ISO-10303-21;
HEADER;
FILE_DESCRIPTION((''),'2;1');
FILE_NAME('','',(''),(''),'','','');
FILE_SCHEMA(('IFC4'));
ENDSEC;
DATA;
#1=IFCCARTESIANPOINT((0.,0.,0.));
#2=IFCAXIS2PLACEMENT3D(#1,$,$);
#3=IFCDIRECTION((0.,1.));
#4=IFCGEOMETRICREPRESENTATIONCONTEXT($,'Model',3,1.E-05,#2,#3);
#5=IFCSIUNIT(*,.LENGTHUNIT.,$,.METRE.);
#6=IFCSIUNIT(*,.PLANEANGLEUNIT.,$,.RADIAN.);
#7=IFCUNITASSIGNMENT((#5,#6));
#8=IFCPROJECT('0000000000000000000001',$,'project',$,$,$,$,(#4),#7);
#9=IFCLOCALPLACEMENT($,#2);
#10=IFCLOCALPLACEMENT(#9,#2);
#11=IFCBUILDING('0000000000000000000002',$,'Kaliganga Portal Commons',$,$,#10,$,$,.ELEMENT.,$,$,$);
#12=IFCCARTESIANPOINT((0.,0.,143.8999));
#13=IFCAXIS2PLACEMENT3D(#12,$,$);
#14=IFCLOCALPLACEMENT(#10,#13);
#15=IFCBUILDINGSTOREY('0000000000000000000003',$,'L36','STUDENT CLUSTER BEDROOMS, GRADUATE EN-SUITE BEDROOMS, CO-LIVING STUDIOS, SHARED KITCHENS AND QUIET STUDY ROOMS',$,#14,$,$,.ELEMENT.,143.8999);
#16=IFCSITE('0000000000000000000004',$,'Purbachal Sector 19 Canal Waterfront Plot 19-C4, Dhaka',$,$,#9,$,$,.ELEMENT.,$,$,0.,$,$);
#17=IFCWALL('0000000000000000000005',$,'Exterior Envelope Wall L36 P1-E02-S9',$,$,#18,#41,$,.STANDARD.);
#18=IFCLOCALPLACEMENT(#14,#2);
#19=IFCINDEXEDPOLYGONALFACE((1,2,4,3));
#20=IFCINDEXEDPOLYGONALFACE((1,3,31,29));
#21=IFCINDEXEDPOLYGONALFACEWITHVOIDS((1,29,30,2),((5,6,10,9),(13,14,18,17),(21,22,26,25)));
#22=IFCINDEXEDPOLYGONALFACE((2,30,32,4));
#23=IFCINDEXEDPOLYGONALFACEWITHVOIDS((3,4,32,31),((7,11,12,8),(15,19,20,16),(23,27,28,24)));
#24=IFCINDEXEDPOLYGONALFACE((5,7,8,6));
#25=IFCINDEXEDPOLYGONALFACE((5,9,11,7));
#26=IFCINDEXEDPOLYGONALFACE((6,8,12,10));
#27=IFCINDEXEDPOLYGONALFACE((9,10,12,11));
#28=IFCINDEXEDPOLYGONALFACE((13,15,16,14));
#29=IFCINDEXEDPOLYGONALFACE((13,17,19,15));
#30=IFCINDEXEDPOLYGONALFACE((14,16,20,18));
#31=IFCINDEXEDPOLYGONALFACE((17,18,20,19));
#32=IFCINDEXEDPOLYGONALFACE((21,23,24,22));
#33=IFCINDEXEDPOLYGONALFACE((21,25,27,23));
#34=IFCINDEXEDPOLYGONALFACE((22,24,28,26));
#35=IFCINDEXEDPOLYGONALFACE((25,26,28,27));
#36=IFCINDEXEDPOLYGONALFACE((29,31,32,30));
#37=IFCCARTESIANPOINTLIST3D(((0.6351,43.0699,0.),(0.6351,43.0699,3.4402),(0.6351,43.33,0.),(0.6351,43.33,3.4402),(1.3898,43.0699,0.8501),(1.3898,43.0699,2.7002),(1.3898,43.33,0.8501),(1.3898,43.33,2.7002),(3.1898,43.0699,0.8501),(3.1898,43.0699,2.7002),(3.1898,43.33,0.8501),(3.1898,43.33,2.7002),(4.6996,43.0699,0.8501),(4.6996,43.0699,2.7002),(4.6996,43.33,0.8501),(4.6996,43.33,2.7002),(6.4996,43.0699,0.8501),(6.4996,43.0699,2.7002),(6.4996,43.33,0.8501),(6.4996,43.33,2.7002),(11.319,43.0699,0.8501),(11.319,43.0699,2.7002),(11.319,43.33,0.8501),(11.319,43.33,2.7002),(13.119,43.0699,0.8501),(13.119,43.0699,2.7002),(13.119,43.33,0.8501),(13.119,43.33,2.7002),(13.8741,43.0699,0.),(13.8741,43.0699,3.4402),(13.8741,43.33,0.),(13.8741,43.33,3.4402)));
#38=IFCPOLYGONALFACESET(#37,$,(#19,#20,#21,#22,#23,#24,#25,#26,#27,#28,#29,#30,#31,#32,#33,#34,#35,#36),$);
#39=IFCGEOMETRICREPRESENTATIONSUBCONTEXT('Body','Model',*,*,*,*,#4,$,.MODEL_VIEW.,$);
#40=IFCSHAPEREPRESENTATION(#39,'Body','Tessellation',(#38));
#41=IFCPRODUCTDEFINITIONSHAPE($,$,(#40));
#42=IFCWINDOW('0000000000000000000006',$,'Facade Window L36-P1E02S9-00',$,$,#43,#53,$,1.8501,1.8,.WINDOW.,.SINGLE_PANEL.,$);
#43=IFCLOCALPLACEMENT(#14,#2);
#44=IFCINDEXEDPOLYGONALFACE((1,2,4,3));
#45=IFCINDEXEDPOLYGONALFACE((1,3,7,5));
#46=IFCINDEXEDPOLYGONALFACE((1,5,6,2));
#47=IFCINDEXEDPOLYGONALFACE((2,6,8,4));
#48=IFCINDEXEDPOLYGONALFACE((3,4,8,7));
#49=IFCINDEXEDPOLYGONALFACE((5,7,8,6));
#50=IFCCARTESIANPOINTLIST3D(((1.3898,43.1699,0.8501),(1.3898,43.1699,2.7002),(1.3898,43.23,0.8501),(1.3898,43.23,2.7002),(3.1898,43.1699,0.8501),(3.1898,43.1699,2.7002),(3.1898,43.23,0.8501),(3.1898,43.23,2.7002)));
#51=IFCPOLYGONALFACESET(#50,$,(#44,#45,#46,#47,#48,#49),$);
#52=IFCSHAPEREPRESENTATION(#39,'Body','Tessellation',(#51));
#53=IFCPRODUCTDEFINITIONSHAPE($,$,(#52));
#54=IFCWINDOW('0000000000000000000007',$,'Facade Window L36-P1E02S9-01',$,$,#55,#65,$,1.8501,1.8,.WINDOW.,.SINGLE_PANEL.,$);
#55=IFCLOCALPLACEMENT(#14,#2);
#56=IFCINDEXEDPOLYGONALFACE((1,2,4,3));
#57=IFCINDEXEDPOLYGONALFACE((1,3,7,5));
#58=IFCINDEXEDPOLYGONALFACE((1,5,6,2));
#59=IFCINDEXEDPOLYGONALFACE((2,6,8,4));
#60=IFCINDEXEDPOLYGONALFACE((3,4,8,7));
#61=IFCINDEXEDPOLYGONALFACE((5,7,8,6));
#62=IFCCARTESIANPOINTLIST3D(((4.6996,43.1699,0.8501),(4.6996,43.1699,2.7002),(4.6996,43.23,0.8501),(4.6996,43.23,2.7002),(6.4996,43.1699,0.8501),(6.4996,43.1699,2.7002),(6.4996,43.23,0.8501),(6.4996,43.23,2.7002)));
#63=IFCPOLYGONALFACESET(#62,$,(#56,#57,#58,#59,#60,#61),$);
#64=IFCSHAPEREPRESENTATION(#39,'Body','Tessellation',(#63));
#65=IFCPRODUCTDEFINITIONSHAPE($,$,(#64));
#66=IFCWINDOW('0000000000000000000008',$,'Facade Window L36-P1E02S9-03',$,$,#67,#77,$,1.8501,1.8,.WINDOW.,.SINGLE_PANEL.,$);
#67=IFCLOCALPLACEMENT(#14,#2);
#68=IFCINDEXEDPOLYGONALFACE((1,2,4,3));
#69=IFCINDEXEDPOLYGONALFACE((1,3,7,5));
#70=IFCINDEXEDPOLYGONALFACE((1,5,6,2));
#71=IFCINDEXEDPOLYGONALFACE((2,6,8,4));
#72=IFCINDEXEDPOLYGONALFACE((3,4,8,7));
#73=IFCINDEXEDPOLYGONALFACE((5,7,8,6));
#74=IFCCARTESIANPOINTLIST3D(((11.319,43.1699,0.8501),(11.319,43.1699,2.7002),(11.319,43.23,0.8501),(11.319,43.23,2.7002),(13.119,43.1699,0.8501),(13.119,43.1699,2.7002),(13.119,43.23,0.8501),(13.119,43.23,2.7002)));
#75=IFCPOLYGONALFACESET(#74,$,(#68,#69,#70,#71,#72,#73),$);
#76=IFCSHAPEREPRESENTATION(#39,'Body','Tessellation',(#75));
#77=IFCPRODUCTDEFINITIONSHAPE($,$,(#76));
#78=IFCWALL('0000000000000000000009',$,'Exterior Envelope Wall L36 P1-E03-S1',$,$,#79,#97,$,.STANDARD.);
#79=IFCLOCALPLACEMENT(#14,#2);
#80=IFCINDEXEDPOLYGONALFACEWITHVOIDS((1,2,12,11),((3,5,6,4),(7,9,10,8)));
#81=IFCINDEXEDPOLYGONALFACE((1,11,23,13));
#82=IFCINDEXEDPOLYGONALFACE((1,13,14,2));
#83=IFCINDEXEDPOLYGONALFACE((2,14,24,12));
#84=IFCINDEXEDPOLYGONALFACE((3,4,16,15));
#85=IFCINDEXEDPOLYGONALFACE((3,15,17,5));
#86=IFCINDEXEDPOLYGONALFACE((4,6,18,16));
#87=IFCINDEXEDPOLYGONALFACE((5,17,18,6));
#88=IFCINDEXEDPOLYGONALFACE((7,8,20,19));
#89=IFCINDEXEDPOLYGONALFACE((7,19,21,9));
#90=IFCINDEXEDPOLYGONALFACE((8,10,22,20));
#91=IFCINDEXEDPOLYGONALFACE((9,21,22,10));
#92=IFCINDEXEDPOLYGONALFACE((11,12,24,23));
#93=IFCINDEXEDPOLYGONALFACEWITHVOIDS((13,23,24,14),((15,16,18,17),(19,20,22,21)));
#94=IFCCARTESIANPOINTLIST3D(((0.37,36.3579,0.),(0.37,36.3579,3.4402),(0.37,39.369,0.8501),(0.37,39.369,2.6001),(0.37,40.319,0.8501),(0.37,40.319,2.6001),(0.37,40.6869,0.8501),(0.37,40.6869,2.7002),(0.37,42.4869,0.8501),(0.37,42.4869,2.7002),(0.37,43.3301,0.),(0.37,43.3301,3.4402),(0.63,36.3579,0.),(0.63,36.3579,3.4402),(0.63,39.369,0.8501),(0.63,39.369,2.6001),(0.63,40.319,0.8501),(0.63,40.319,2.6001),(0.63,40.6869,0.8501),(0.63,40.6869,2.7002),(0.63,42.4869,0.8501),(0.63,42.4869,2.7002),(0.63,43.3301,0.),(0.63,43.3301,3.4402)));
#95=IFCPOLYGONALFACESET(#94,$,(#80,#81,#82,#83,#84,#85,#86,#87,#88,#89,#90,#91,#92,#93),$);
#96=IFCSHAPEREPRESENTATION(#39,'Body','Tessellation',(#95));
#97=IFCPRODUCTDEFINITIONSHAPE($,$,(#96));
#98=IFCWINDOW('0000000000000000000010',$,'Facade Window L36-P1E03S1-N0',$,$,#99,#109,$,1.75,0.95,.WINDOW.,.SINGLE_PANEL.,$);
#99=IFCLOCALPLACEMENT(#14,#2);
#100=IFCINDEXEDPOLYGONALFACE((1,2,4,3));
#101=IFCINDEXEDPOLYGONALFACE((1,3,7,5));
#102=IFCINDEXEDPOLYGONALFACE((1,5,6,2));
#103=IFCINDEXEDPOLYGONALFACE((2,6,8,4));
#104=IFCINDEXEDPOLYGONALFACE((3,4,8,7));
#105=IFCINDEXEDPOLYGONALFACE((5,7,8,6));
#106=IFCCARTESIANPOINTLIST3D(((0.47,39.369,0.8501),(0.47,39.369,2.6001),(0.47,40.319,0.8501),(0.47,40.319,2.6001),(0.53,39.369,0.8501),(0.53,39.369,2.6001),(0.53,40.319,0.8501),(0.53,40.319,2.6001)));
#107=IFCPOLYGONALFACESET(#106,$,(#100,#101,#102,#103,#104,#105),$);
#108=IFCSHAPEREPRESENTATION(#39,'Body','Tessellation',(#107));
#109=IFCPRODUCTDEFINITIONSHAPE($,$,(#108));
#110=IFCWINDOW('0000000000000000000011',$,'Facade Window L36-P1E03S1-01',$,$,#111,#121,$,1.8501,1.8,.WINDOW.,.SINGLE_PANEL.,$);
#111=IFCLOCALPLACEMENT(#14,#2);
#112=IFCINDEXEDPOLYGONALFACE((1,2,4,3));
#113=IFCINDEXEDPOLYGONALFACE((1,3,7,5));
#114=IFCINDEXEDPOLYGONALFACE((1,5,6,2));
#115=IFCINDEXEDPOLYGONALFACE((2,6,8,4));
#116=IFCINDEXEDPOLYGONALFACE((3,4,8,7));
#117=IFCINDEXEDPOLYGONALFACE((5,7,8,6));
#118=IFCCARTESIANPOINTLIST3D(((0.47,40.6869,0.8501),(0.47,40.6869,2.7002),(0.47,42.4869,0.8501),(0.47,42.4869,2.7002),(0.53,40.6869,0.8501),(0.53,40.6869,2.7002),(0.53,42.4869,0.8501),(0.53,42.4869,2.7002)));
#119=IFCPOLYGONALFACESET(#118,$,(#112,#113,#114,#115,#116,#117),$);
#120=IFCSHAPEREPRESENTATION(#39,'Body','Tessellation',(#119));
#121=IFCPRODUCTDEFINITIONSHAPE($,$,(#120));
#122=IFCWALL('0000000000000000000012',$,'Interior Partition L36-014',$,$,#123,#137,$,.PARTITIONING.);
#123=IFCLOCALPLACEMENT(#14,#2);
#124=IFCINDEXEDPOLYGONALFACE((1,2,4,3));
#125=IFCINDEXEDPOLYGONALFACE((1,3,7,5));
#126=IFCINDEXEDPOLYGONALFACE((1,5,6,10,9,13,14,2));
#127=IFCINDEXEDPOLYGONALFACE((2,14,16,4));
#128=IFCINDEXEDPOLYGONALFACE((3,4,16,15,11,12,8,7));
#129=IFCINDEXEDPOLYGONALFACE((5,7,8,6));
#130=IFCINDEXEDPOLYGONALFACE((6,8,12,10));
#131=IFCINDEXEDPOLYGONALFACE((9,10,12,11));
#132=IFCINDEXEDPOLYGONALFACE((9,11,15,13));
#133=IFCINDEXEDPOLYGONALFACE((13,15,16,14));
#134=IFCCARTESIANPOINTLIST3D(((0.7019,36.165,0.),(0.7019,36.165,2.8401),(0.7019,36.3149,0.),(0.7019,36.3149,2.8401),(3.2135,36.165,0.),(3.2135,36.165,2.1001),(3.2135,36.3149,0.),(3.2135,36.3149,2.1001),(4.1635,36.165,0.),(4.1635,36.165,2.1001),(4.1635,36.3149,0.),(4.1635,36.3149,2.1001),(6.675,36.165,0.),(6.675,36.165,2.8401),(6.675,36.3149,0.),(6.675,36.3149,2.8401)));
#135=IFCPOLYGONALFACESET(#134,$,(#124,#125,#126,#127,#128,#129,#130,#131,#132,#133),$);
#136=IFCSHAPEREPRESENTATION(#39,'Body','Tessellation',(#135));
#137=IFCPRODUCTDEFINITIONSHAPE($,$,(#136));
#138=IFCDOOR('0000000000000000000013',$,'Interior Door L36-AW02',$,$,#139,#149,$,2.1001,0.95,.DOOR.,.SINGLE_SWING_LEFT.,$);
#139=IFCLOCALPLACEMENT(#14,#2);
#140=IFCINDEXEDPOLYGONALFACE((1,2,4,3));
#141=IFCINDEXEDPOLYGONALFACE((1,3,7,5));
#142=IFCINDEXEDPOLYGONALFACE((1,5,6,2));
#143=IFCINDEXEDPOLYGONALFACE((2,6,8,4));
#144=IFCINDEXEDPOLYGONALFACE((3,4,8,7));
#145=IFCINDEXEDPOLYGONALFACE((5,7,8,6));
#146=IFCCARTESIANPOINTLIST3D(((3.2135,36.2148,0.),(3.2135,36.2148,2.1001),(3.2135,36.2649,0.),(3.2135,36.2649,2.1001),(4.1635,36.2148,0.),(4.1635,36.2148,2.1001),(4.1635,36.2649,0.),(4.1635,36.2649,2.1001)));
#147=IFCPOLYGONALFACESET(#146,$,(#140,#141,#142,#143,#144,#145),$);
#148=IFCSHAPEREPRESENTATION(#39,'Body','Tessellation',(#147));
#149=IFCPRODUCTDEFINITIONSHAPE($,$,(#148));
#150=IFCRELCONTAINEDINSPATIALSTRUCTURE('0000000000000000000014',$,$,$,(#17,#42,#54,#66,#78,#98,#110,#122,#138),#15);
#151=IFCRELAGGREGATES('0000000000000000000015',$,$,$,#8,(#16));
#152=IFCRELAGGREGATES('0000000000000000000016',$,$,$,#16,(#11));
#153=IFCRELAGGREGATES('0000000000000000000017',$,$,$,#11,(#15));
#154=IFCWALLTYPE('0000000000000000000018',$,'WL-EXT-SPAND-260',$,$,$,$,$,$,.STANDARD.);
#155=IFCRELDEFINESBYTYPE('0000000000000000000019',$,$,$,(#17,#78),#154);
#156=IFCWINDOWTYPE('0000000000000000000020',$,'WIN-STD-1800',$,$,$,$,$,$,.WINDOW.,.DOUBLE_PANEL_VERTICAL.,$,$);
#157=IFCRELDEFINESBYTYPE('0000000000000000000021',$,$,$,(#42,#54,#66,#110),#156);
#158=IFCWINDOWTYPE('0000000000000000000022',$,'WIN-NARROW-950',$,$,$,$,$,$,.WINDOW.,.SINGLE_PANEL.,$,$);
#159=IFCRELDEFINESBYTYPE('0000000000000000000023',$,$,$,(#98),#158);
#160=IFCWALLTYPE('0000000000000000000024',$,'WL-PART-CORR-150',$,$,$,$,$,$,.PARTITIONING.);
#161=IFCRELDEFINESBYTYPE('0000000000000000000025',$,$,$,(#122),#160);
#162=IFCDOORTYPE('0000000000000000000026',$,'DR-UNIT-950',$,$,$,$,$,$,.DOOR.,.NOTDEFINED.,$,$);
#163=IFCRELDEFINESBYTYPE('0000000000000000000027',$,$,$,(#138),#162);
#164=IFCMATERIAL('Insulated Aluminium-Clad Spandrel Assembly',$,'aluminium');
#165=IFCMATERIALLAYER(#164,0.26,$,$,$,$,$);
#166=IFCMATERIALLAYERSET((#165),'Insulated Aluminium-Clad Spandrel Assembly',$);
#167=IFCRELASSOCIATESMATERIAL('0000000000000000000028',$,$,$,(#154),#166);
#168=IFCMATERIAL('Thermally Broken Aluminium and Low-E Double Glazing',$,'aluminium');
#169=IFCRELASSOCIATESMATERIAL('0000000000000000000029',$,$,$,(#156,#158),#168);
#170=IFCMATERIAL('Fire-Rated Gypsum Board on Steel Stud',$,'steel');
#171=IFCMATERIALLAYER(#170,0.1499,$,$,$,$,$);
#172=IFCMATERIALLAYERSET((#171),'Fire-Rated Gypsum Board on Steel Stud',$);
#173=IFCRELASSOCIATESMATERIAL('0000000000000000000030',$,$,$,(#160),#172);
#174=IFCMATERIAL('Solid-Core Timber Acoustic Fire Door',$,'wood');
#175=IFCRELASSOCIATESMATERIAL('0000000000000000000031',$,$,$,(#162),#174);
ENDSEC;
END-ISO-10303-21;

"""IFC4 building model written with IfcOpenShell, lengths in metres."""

from ifc_helpers import new_model, si_unit, direction, frame, frame_2d, origin, place, context, subcontext, project, spatial, rectangle, extrude, material, layer, layer_set, type_object, element, fill, save


model = new_model("IFC4")

# Units and contexts
model_context = context("Model", 3, precision=1e-05, world=origin(), true_north=direction((0.0, 1.0)))
body_context = subcontext(model_context, "Body", "Model", "MODEL_VIEW")
ifc_project = project(units=[si_unit("LENGTHUNIT", "METRE"), si_unit("PLANEANGLEUNIT", "RADIAN")], contexts=[model_context])

# Site, building, storey
site_placement = place(None, origin())
site = spatial("IfcSite", under=ifc_project, at=site_placement, Name="Purbachal Sector 19 Canal Waterfront Plot 19-C4, Dhaka", CompositionType="ELEMENT", RefElevation=0.0)
building_placement = place(site_placement, origin())
building = spatial("IfcBuilding", under=site, at=building_placement, Name="Kaliganga Portal Commons", CompositionType="ELEMENT")
storey_placement = place(building_placement, frame((0.0, 0.0, 143.8999)))
storey = spatial("IfcBuildingStorey", under=building, at=storey_placement, Name="L36", Description="STUDENT CLUSTER BEDROOMS, GRADUATE EN-SUITE BEDROOMS, CO-LIVING STUDIOS, SHARED KITCHENS AND QUIET STUDY ROOMS", CompositionType="ELEMENT", Elevation=143.8999)

# Walls, openings, windows
ifc_material_1 = material(Name="Insulated Aluminium-Clad Spandrel Assembly", Category="aluminium")
ifc_layer_1 = layer(ifc_material_1, 0.26)
ifc_layer_set_1 = layer_set([ifc_layer_1], Name="Insulated Aluminium-Clad Spandrel Assembly")
wall_type_1 = type_object("IfcWallType", Name="WL-EXT-SPAND-260", PredefinedType="STANDARD", material=ifc_layer_set_1)
wall_1_placement = place(storey_placement, frame((0.635, 43.2, 0.0), z_axis=(0.0, 0.0, 1.0), x_axis=(1.0, 0.0, 0.0)))
wall_1 = element("IfcWall", 1, at=wall_1_placement, inside=storey, type_object=wall_type_1, Name="Exterior Envelope Wall L36 P1-E02-S9", PredefinedType="STANDARD", context=body_context, shape_type="SweptSolid", body=[
    extrude(rectangle(XDim=13.239, YDim=0.26, at=frame_2d((6.6196, 0.0))), origin(), (0.0, 0.0, 1.0), 3.4402),
])
opening_1_placement = place(wall_1_placement, frame((0.7549, 0.0, 0.8501)))
opening_1 = element("IfcOpeningElement", 2, at=opening_1_placement, cuts=wall_1, PredefinedType="OPENING", context=body_context, shape_type="SweptSolid", body=[
    extrude(rectangle(XDim=1.8, YDim=1.8501, at=frame_2d((0.8999, 0.925))), frame((0.0, 0.1401, 0.0), z_axis=(0.0, -1.0, 0.0), x_axis=(1.0, 0.0, 0.0)), (0.0, 0.0, 1.0), 0.28),
])
opening_2_placement = place(wall_1_placement, frame((4.0647, 0.0, 0.8501)))
opening_2 = element("IfcOpeningElement", 3, at=opening_2_placement, cuts=wall_1, PredefinedType="OPENING", context=body_context, shape_type="SweptSolid", body=[
    extrude(rectangle(XDim=1.8, YDim=1.8501, at=frame_2d((0.8999, 0.925))), frame((0.0, 0.1401, 0.0), z_axis=(0.0, -1.0, 0.0), x_axis=(1.0, 0.0, 0.0)), (0.0, 0.0, 1.0), 0.28),
])
opening_3_placement = place(wall_1_placement, frame((10.6841, 0.0, 0.8501)))
opening_3 = element("IfcOpeningElement", 4, at=opening_3_placement, cuts=wall_1, PredefinedType="OPENING", context=body_context, shape_type="SweptSolid", body=[
    extrude(rectangle(XDim=1.8, YDim=1.8501, at=frame_2d((0.8999, 0.925))), frame((0.0, 0.1401, 0.0), z_axis=(0.0, -1.0, 0.0), x_axis=(1.0, 0.0, 0.0)), (0.0, 0.0, 1.0), 0.28),
])
ifc_material_2 = material(Name="Thermally Broken Aluminium and Low-E Double Glazing", Category="aluminium")
window_type_1 = type_object("IfcWindowType", Name="WIN-STD-1800", PartitioningType="DOUBLE_PANEL_VERTICAL", PredefinedType="WINDOW", material=ifc_material_2)
window_1_placement = place(opening_1_placement, origin())
window_1 = element("IfcWindow", 5, at=window_1_placement, inside=storey, type_object=window_type_1, Name="Facade Window L36-P1E02S9-00", OverallHeight=1.8501, OverallWidth=1.8, PartitioningType="SINGLE_PANEL", PredefinedType="WINDOW", context=body_context, shape_type="SweptSolid", body=[
    extrude(rectangle(XDim=1.8, YDim=1.8501, at=frame_2d((0.8999, 0.925))), frame((0.0, 0.03, 0.0), z_axis=(0.0, -1.0, 0.0), x_axis=(1.0, 0.0, 0.0)), (0.0, 0.0, 1.0), 0.0601),
])
fill(opening_1, window_1)
window_2_placement = place(opening_2_placement, origin())
window_2 = element("IfcWindow", 6, at=window_2_placement, inside=storey, type_object=window_type_1, Name="Facade Window L36-P1E02S9-01", OverallHeight=1.8501, OverallWidth=1.8, PartitioningType="SINGLE_PANEL", PredefinedType="WINDOW", context=body_context, shape_type="SweptSolid", body=[
    extrude(rectangle(XDim=1.8, YDim=1.8501, at=frame_2d((0.8999, 0.925))), frame((0.0, 0.03, 0.0), z_axis=(0.0, -1.0, 0.0), x_axis=(1.0, 0.0, 0.0)), (0.0, 0.0, 1.0), 0.0601),
])
fill(opening_2, window_2)
window_3_placement = place(opening_3_placement, origin())
window_3 = element("IfcWindow", 7, at=window_3_placement, inside=storey, type_object=window_type_1, Name="Facade Window L36-P1E02S9-03", OverallHeight=1.8501, OverallWidth=1.8, PartitioningType="SINGLE_PANEL", PredefinedType="WINDOW", context=body_context, shape_type="SweptSolid", body=[
    extrude(rectangle(XDim=1.8, YDim=1.8501, at=frame_2d((0.8999, 0.925))), frame((0.0, 0.03, 0.0), z_axis=(0.0, -1.0, 0.0), x_axis=(1.0, 0.0, 0.0)), (0.0, 0.0, 1.0), 0.0601),
])
fill(opening_3, window_3)
wall_2_placement = place(storey_placement, frame((0.5, 36.3579, 0.0), z_axis=(0.0, 0.0, 1.0), x_axis=(0.0, 1.0, 0.0)))
wall_2 = element("IfcWall", 8, at=wall_2_placement, inside=storey, type_object=wall_type_1, Name="Exterior Envelope Wall L36 P1-E03-S1", PredefinedType="STANDARD", context=body_context, shape_type="SweptSolid", body=[
    extrude(rectangle(XDim=6.9722, YDim=0.26, at=frame_2d((3.4861, 0.0))), origin(), (0.0, 0.0, 1.0), 3.4402),
])
opening_4_placement = place(wall_2_placement, frame((4.3291, 0.0, 0.8501)))
opening_4 = element("IfcOpeningElement", 9, at=opening_4_placement, cuts=wall_2, PredefinedType="OPENING", context=body_context, shape_type="SweptSolid", body=[
    extrude(rectangle(XDim=1.8, YDim=1.8501, at=frame_2d((0.8999, 0.925))), frame((0.0, 0.1401, 0.0), z_axis=(0.0, -1.0, 0.0), x_axis=(1.0, 0.0, 0.0)), (0.0, 0.0, 1.0), 0.28),
])
opening_5_placement = place(wall_2_placement, frame((3.011, 0.0, 0.8501)))
opening_5 = element("IfcOpeningElement", 10, at=opening_5_placement, cuts=wall_2, PredefinedType="OPENING", context=body_context, shape_type="SweptSolid", body=[
    extrude(rectangle(XDim=0.95, YDim=1.75, at=frame_2d((0.4751, 0.875))), frame((0.0, 0.1401, 0.0), z_axis=(0.0, -1.0, 0.0), x_axis=(1.0, 0.0, 0.0)), (0.0, 0.0, 1.0), 0.28),
])
window_type_2 = type_object("IfcWindowType", Name="WIN-NARROW-950", PartitioningType="SINGLE_PANEL", PredefinedType="WINDOW", material=ifc_material_2)
window_4_placement = place(opening_5_placement, origin())
window_4 = element("IfcWindow", 11, at=window_4_placement, inside=storey, type_object=window_type_2, Name="Facade Window L36-P1E03S1-N0", OverallHeight=1.75, OverallWidth=0.95, PartitioningType="SINGLE_PANEL", PredefinedType="WINDOW", context=body_context, shape_type="SweptSolid", body=[
    extrude(rectangle(XDim=0.95, YDim=1.75, at=frame_2d((0.4751, 0.875))), frame((0.0, 0.03, 0.0), z_axis=(0.0, -1.0, 0.0), x_axis=(1.0, 0.0, 0.0)), (0.0, 0.0, 1.0), 0.0601),
])
fill(opening_5, window_4)
window_5_placement = place(opening_4_placement, origin())
window_5 = element("IfcWindow", 12, at=window_5_placement, inside=storey, type_object=window_type_1, Name="Facade Window L36-P1E03S1-01", OverallHeight=1.8501, OverallWidth=1.8, PartitioningType="SINGLE_PANEL", PredefinedType="WINDOW", context=body_context, shape_type="SweptSolid", body=[
    extrude(rectangle(XDim=1.8, YDim=1.8501, at=frame_2d((0.8999, 0.925))), frame((0.0, 0.03, 0.0), z_axis=(0.0, -1.0, 0.0), x_axis=(1.0, 0.0, 0.0)), (0.0, 0.0, 1.0), 0.0601),
])
fill(opening_4, window_5)

# Wall, opening, door
ifc_material_3 = material(Name="Fire-Rated Gypsum Board on Steel Stud", Category="steel")
ifc_layer_2 = layer(ifc_material_3, 0.1499)
ifc_layer_set_2 = layer_set([ifc_layer_2], Name="Fire-Rated Gypsum Board on Steel Stud")
wall_type_2 = type_object("IfcWallType", Name="WL-PART-CORR-150", PredefinedType="PARTITIONING", material=ifc_layer_set_2)
wall_3_placement = place(storey_placement, frame((0.7019, 36.24, 0.0), z_axis=(0.0, 0.0, 1.0), x_axis=(1.0, 0.0, 0.0)))
wall_3 = element("IfcWall", 13, at=wall_3_placement, inside=storey, type_object=wall_type_2, Name="Interior Partition L36-014", PredefinedType="PARTITIONING", context=body_context, shape_type="SweptSolid", body=[
    extrude(rectangle(XDim=5.9731, YDim=0.1499, at=frame_2d((2.9866, 0.0))), origin(), (0.0, 0.0, 1.0), 2.8401),
])
opening_6_placement = place(wall_3_placement, frame((2.5115, 0.0, 0.0)))
opening_6 = element("IfcOpeningElement", 14, at=opening_6_placement, cuts=wall_3, PredefinedType="OPENING", context=body_context, shape_type="SweptSolid", body=[
    extrude(rectangle(XDim=0.95, YDim=2.1001, at=frame_2d((0.4751, 1.05))), frame((0.0, 0.085, 0.0), z_axis=(0.0, -1.0, 0.0), x_axis=(1.0, 0.0, 0.0)), (0.0, 0.0, 1.0), 0.1699),
])
ifc_material_4 = material(Name="Solid-Core Timber Acoustic Fire Door", Category="wood")
door_type = type_object("IfcDoorType", Name="DR-UNIT-950", OperationType="NOTDEFINED", PredefinedType="DOOR", material=ifc_material_4)
door_1_placement = place(opening_6_placement, origin())
door_1 = element("IfcDoor", 15, at=door_1_placement, inside=storey, type_object=door_type, Name="Interior Door L36-AW02", OperationType="SINGLE_SWING_LEFT", OverallHeight=2.1001, OverallWidth=0.95, PredefinedType="DOOR", context=body_context, shape_type="SweptSolid", body=[
    extrude(rectangle(XDim=0.95, YDim=2.1001, at=frame_2d((0.4751, 1.05))), frame((0.0, 0.0249, 0.0), z_axis=(0.0, -1.0, 0.0), x_axis=(1.0, 0.0, 0.0)), (0.0, 0.0, 1.0), 0.05),
])
fill(opening_6, door_1)

save(model, "model.ifc")
